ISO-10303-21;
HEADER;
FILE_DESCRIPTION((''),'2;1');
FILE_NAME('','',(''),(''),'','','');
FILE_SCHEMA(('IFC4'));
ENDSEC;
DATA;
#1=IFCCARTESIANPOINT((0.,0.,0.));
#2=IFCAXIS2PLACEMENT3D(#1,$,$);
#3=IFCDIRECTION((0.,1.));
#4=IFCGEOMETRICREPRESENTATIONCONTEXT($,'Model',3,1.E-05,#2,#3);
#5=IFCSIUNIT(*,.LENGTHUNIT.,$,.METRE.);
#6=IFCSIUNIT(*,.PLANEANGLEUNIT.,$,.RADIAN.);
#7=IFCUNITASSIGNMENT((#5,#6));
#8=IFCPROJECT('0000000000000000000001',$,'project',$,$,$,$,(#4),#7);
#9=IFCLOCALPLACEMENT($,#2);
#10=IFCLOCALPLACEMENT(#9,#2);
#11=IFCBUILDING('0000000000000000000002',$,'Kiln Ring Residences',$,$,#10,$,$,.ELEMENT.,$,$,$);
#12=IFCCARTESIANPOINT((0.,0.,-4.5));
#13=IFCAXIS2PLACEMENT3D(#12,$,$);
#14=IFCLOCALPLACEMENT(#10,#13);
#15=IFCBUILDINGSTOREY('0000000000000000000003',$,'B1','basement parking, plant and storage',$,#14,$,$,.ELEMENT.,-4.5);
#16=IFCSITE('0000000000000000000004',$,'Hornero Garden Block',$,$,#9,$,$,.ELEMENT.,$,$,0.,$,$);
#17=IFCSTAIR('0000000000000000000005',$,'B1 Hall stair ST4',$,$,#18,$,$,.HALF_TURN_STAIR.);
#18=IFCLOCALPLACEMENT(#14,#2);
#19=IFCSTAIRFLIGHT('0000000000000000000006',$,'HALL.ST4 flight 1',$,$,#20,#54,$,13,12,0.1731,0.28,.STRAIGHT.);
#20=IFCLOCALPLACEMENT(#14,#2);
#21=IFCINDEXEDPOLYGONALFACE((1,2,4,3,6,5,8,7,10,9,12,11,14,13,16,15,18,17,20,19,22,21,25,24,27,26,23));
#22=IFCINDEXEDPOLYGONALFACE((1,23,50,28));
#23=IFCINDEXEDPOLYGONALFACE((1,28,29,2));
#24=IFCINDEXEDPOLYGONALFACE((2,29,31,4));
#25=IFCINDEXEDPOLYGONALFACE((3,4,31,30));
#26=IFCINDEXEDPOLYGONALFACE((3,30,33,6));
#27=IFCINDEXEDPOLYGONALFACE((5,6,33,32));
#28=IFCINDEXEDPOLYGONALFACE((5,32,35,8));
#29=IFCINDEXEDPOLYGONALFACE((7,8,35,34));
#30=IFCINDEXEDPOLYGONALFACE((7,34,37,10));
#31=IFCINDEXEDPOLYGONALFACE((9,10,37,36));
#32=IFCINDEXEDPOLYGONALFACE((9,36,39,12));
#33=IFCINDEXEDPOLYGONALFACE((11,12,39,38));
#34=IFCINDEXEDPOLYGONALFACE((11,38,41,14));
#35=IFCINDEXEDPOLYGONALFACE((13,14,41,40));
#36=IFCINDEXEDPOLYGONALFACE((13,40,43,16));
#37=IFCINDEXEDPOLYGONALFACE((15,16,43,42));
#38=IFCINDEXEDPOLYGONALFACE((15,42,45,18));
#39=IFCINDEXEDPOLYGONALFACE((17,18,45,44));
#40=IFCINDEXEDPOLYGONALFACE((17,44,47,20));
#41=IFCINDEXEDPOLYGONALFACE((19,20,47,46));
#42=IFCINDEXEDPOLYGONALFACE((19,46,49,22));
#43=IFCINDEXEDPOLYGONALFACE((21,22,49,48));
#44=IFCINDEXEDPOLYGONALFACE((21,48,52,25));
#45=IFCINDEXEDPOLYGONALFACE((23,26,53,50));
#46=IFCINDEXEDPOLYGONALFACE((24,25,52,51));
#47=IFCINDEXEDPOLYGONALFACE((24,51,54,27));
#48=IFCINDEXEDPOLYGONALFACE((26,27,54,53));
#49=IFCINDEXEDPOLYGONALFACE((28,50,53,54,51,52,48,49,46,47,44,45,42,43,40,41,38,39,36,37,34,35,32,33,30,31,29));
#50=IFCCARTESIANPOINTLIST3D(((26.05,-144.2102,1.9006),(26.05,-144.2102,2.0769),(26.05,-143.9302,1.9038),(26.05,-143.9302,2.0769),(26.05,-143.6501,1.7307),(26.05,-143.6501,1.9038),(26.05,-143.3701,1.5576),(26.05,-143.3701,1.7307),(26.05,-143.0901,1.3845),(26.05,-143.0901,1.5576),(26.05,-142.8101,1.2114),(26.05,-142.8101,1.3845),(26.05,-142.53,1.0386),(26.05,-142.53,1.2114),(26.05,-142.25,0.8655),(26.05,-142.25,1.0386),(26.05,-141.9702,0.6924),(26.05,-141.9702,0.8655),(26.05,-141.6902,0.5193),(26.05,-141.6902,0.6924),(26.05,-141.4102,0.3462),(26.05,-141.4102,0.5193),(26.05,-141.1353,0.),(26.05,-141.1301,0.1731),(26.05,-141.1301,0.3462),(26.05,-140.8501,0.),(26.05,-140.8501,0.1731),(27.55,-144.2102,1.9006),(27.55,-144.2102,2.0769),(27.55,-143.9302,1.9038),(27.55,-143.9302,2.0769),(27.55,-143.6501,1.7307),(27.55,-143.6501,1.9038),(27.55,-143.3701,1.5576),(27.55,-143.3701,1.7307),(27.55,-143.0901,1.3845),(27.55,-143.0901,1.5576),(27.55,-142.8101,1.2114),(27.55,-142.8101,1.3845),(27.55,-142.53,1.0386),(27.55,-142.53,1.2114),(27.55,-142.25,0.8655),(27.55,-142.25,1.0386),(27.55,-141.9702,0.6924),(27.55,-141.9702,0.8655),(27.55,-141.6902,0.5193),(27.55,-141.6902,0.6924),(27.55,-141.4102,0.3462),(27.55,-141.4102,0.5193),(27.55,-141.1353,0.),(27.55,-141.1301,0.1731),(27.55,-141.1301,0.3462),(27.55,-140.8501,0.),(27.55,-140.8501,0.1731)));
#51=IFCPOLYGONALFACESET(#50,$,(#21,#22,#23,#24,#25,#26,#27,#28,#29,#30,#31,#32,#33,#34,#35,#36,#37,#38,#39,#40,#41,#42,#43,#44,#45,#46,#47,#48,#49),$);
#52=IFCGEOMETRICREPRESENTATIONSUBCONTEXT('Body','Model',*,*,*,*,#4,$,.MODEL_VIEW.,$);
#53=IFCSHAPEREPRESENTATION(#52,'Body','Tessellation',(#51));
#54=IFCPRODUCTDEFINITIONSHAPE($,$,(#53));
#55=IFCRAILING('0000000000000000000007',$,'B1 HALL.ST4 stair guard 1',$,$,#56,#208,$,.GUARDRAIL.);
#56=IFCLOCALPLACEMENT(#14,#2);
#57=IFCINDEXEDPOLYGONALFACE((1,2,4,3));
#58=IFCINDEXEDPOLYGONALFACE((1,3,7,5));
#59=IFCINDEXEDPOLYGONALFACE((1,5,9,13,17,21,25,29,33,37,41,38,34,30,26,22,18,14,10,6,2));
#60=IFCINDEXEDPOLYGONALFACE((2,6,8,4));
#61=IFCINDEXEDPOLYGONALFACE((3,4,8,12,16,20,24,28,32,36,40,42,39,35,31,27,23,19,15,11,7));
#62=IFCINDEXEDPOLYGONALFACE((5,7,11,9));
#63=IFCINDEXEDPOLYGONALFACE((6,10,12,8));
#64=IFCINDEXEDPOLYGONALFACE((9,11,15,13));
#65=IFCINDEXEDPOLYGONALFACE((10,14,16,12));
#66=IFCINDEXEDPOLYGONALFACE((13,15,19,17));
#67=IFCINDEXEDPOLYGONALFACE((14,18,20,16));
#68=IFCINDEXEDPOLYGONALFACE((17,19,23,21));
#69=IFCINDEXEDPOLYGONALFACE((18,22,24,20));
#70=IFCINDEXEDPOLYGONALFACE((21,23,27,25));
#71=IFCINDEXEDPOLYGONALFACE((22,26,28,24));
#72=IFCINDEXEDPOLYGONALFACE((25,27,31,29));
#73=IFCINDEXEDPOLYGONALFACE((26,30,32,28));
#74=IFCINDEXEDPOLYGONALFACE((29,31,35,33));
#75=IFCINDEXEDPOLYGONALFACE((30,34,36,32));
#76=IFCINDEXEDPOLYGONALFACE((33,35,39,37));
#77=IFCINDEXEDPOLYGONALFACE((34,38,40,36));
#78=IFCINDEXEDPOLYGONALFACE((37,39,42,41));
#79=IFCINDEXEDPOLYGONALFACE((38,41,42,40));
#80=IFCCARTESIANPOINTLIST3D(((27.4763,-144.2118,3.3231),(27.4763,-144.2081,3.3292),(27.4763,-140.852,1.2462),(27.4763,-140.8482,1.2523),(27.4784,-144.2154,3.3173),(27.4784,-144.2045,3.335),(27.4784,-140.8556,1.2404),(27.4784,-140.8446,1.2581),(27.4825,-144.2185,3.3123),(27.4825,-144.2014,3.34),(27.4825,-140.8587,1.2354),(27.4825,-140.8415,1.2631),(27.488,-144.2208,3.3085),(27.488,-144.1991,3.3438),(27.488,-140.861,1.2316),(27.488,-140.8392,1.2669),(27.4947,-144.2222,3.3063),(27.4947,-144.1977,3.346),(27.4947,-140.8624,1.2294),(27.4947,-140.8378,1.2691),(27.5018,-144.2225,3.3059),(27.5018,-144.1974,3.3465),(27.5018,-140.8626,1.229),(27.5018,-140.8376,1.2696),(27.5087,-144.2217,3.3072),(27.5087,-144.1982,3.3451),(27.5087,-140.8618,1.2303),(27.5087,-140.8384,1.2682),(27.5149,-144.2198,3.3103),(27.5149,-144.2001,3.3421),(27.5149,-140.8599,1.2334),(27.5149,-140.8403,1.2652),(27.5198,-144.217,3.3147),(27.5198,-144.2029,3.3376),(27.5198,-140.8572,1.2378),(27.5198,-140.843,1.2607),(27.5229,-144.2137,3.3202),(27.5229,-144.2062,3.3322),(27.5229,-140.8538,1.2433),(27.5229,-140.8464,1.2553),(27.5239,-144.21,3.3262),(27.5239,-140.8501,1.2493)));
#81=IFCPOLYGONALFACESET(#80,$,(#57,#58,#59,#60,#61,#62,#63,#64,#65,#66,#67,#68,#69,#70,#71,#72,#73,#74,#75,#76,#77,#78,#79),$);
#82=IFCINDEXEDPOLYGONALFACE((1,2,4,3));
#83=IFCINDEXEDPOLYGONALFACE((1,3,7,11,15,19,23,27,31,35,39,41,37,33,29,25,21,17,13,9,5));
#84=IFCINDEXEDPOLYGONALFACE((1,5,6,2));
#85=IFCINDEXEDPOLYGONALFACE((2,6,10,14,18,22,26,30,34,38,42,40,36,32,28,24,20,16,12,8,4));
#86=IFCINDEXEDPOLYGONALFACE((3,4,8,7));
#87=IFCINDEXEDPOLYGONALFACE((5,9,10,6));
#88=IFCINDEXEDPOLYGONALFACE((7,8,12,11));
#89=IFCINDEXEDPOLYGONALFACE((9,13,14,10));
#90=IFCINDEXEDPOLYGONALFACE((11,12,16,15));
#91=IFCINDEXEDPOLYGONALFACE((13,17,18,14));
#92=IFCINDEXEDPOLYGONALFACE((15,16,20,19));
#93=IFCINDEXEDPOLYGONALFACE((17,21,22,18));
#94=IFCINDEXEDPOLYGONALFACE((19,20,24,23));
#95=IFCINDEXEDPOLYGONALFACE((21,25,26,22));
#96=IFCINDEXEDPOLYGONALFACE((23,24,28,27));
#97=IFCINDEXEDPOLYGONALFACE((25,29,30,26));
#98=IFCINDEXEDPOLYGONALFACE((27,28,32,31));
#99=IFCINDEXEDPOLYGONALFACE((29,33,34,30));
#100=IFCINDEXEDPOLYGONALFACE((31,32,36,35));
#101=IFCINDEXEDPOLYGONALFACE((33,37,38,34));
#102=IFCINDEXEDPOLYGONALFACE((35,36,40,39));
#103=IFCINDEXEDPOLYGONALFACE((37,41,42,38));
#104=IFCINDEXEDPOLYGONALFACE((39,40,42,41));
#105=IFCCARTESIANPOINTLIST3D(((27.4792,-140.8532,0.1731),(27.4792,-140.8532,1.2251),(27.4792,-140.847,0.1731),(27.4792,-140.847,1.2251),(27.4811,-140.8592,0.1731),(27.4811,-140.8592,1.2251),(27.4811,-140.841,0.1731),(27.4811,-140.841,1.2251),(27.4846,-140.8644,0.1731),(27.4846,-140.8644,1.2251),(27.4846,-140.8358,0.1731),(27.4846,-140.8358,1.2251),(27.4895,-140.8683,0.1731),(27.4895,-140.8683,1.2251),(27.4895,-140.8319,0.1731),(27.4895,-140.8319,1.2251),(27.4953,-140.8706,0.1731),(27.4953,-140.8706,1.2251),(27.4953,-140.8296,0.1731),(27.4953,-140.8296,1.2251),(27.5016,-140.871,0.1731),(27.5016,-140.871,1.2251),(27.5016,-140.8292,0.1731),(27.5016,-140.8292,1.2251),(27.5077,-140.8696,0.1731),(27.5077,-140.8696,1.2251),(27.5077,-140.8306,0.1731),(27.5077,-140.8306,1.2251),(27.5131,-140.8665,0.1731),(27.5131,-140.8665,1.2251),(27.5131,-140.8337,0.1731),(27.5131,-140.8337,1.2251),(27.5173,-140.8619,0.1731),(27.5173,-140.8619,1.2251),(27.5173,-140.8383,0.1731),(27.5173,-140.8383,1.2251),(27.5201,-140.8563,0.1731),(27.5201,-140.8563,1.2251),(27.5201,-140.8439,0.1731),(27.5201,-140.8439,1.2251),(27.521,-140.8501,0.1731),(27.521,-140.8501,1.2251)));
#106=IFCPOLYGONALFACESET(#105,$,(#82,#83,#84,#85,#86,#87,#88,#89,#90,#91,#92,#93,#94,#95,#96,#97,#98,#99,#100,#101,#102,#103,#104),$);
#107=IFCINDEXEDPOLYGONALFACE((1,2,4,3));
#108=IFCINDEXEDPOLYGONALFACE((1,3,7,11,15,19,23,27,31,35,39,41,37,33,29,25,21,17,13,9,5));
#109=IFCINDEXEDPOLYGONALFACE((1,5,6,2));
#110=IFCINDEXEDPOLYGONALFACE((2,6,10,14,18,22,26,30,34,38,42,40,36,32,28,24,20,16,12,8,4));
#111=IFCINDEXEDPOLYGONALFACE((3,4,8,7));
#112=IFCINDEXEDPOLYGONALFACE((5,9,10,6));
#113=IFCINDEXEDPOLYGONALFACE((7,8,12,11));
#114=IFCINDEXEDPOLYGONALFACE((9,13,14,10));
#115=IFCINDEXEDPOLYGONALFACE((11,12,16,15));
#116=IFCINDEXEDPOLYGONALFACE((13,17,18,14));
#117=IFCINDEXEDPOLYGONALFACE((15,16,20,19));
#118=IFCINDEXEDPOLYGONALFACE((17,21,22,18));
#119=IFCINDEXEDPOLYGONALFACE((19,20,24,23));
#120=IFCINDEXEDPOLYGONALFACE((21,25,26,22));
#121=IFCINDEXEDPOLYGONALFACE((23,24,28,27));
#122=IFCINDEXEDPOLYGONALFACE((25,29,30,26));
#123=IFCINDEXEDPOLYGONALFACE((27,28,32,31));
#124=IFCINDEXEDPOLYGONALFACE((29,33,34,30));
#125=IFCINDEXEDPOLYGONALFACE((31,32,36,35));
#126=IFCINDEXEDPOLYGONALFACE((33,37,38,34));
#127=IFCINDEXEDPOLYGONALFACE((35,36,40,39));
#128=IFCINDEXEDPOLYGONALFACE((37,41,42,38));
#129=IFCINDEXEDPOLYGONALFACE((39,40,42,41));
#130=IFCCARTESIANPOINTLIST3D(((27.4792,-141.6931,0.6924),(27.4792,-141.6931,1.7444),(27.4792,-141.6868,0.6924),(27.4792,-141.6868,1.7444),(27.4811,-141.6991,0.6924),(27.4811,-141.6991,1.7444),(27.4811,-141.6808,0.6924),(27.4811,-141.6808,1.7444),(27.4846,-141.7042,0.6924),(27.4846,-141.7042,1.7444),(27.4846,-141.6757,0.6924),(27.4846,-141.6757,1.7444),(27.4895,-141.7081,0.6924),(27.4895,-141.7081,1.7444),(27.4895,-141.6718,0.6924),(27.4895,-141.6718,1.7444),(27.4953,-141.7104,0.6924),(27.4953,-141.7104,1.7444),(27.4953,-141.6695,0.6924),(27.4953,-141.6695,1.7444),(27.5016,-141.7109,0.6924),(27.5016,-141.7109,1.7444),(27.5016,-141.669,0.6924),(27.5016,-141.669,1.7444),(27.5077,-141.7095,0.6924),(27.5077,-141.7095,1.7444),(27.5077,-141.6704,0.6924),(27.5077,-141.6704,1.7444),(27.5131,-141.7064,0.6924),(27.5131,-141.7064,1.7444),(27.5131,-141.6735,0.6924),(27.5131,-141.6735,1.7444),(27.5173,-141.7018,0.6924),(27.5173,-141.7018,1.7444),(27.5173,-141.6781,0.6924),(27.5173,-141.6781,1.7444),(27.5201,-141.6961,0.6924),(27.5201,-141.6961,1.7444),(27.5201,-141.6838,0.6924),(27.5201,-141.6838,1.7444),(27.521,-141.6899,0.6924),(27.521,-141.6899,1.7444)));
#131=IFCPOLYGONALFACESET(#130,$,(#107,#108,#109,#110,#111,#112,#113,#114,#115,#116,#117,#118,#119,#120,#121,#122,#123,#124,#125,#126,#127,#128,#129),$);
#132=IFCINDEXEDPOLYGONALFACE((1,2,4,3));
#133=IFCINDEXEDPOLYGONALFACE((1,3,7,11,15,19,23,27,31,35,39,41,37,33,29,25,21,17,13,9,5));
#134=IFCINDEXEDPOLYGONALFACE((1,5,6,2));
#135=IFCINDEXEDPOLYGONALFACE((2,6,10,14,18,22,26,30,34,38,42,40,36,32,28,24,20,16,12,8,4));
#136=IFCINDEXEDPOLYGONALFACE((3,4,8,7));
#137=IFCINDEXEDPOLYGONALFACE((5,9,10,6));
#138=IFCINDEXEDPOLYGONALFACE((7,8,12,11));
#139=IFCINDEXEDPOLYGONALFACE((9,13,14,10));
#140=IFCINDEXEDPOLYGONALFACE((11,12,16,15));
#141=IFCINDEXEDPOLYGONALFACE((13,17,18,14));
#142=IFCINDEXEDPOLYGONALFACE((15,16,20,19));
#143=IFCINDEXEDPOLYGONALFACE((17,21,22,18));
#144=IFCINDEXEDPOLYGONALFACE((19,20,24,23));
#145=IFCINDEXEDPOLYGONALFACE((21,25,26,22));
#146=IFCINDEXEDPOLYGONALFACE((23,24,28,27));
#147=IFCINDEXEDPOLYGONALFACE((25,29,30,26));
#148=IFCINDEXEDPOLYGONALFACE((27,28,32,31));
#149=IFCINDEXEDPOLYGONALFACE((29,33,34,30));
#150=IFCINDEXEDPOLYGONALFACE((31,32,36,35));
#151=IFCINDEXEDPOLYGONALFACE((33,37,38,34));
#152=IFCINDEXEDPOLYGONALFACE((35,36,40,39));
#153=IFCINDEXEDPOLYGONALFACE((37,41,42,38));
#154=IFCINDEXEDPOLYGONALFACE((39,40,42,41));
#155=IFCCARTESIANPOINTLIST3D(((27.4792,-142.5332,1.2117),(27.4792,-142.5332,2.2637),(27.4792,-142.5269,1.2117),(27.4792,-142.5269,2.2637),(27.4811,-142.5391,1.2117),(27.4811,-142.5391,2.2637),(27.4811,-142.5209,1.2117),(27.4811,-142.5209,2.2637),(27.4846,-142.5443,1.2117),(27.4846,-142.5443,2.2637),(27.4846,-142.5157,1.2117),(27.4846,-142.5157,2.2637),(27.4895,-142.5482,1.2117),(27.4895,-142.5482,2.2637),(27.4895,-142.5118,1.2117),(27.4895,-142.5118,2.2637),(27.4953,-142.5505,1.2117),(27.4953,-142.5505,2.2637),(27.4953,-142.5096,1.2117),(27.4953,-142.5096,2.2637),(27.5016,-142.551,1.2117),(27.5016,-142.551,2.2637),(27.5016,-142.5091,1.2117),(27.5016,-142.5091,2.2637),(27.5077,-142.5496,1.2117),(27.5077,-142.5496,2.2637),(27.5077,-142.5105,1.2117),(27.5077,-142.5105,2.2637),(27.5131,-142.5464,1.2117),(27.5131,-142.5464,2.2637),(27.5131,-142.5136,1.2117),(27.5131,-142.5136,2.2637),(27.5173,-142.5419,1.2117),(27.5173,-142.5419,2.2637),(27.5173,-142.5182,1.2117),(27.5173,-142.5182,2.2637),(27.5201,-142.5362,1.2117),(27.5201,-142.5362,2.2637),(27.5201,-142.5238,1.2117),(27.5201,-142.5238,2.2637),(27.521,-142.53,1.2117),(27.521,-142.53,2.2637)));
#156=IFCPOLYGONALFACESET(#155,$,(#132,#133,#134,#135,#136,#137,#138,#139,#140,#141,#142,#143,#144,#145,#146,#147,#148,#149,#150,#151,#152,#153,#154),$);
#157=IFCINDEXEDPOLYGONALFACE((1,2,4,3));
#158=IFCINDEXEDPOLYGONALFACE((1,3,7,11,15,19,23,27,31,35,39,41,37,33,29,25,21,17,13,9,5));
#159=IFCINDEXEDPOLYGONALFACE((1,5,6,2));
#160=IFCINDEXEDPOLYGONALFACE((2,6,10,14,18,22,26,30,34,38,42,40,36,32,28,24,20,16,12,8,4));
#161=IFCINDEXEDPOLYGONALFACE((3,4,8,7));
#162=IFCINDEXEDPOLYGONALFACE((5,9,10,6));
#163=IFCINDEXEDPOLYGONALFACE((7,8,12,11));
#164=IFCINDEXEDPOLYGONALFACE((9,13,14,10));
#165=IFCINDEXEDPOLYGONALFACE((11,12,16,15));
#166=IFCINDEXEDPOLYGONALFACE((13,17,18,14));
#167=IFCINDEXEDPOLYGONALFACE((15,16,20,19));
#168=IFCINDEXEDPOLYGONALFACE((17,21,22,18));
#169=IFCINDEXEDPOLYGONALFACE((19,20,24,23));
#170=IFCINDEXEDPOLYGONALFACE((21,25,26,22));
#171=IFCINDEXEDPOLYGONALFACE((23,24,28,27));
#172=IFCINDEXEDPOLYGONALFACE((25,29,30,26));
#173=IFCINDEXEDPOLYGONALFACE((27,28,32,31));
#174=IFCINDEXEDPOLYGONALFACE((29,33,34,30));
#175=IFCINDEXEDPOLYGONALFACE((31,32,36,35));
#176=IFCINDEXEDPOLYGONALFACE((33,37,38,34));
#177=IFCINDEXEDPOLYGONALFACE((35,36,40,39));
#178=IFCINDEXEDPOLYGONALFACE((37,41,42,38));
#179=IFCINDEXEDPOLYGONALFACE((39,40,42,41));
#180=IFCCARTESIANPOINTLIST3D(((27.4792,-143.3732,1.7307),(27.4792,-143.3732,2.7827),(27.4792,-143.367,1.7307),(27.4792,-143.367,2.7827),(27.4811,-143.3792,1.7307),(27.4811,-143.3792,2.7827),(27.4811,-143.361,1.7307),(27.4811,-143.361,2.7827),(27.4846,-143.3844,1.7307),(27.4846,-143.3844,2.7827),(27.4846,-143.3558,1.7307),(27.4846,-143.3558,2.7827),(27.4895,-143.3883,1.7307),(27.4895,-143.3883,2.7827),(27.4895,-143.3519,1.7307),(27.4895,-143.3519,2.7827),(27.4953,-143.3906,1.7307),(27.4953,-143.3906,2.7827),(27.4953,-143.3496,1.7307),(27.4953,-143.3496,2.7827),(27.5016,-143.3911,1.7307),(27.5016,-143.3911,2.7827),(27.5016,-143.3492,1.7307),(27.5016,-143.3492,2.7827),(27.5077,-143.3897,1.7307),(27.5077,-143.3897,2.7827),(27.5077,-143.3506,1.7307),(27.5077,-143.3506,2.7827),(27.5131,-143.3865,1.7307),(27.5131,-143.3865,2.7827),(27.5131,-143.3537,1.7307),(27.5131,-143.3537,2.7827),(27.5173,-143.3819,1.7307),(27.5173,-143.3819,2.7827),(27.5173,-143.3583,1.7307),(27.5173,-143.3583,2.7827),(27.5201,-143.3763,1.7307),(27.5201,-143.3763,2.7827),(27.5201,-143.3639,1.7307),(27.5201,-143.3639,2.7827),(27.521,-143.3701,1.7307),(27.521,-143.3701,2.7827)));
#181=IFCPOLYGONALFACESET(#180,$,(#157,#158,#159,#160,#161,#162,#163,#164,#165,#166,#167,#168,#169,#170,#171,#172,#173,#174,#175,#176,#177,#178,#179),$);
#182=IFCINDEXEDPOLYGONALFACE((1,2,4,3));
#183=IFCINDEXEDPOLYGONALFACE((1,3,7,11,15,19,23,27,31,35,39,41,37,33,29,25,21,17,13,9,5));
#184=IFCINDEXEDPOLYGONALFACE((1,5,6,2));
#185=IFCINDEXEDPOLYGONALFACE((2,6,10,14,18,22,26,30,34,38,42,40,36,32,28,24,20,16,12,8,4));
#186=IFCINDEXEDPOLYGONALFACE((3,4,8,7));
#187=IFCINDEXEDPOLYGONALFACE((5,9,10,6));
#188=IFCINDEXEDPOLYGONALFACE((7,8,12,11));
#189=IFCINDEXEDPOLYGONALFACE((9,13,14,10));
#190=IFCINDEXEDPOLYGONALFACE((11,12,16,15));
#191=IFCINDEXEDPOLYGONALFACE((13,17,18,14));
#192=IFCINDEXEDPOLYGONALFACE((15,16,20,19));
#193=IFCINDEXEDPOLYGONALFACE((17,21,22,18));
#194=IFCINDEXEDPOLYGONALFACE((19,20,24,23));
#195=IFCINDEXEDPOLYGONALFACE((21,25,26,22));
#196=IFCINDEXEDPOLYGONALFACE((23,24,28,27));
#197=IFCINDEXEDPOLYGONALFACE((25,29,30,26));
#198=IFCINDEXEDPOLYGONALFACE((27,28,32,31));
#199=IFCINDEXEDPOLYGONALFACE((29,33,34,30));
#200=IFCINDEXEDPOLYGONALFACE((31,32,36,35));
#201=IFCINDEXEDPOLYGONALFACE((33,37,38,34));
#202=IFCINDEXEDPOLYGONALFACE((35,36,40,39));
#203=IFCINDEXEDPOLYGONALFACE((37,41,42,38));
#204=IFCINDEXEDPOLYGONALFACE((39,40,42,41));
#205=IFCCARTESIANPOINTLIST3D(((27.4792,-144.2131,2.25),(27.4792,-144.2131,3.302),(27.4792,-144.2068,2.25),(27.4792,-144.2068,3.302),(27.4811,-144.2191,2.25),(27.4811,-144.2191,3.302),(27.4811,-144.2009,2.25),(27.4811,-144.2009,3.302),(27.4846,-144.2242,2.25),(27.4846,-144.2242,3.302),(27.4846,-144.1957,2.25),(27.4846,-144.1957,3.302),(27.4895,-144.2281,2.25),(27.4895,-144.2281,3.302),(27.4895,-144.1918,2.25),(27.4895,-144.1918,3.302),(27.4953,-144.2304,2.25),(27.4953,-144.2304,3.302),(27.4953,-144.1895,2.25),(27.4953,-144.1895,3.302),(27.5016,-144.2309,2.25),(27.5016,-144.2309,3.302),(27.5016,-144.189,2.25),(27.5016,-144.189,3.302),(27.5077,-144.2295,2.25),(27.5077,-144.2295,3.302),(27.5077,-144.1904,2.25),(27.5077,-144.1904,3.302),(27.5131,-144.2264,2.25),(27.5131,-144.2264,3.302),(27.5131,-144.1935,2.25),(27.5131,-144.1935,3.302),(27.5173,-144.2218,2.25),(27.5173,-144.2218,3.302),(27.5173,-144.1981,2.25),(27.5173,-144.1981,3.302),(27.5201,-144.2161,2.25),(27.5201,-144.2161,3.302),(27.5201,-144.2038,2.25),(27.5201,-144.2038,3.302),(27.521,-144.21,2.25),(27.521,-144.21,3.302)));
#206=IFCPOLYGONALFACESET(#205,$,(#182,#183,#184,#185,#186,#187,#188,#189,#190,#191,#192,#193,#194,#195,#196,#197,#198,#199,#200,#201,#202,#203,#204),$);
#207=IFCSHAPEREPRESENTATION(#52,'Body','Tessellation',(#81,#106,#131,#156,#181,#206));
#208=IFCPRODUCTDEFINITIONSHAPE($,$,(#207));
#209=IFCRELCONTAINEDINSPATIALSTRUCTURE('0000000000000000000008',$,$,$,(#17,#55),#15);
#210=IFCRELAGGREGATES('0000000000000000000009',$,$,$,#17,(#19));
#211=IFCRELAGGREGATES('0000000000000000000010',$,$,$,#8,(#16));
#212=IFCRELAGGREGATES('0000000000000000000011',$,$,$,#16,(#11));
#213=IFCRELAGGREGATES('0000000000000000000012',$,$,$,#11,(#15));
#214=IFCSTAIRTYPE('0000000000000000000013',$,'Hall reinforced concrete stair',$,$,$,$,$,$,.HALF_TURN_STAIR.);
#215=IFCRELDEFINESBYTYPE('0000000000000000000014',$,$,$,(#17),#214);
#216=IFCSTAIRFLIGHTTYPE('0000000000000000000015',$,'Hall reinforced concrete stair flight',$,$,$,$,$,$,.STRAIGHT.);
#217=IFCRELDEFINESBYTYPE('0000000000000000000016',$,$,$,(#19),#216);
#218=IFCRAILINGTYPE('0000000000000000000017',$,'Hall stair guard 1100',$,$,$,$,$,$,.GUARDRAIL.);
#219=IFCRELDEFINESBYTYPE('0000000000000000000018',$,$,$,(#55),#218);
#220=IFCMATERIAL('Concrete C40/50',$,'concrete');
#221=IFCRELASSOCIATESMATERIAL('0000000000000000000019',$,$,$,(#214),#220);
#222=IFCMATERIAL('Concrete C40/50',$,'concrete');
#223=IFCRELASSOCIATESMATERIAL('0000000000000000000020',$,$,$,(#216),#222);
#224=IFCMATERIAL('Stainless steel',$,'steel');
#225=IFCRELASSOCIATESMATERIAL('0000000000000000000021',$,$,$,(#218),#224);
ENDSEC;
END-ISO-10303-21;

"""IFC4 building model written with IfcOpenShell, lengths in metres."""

from ifc_helpers import new_model, si_unit, direction, frame, origin, origin_2d, place, context, subcontext, project, spatial, polyline, circle, outline, extrude, material, type_object, element, aggregate, save


model = new_model("IFC4")

# Units and contexts
model_context = context("Model", 3, precision=1e-05, world=origin(), true_north=direction((0.0, 1.0)))
body_context = subcontext(model_context, "Body", "Model", "MODEL_VIEW")
ifc_project = project(units=[si_unit("LENGTHUNIT", "METRE"), si_unit("PLANEANGLEUNIT", "RADIAN")], contexts=[model_context])

# Site, building, storey
site_placement = place(None, origin())
site = spatial("IfcSite", under=ifc_project, at=site_placement, Name="Hornero Garden Block", CompositionType="ELEMENT", RefElevation=0.0)
building_placement = place(site_placement, origin())
building = spatial("IfcBuilding", under=site, at=building_placement, Name="Kiln Ring Residences", CompositionType="ELEMENT")
storey_placement = place(building_placement, frame((0.0, 0.0, -4.5)))
storey = spatial("IfcBuildingStorey", under=building, at=storey_placement, Name="B1", Description="basement parking, plant and storage", CompositionType="ELEMENT", Elevation=-4.5)

# Stair, stair flight
ifc_material_1 = material(Name="Concrete C40/50", Category="concrete")
stair_type = type_object("IfcStairType", Name="Hall reinforced concrete stair", PredefinedType="HALF_TURN_STAIR", material=ifc_material_1)
stair_placement = place(storey_placement, origin())
stair = element("IfcStair", 1, at=stair_placement, inside=storey, type_object=stair_type, Name="B1 Hall stair ST4", PredefinedType="HALF_TURN_STAIR")
ifc_material_2 = material(Name="Concrete C40/50", Category="concrete")
stair_flight_type = type_object("IfcStairFlightType", Name="Hall reinforced concrete stair flight", PredefinedType="STRAIGHT", material=ifc_material_2)
stair_flight_placement = place(storey_placement, frame((26.8, -140.8501, 0.0), z_axis=(0.0, 0.0, 1.0), x_axis=(0.0, -1.0, 0.0)))
stair_flight = element("IfcStairFlight", 2, at=stair_flight_placement, type_object=stair_flight_type, Name="HALL.ST4 flight 1", NumberOfRisers=13, NumberOfTreads=12, PredefinedType="STRAIGHT", RiserHeight=0.1731, TreadLength=0.28, context=body_context, shape_type="SweptSolid", body=[
    extrude(outline(polyline([(0.0, 0.0), (0.0, 0.1731), (0.28, 0.1731), (0.28, 0.3462), (0.5601, 0.3462), (0.5601, 0.5193), (0.8401, 0.5193), (0.8401, 0.6924), (1.1201, 0.6924), (1.1201, 0.8655), (1.3999, 0.8655), (1.3999, 1.0386), (1.6799, 1.0386), (1.6799, 1.2114), (1.96, 1.2114), (1.96, 1.3845), (2.24, 1.3845), (2.24, 1.5576), (2.52, 1.5576), (2.52, 1.7307), (2.8, 1.7307), (2.8, 1.9038), (3.0801, 1.9038), (3.0801, 2.0769), (3.3601, 2.0769), (3.3601, 2.25), (3.3601, 1.9006), (0.2852, 0.0), (0.0, 0.0)])), frame((0.0, 0.75, 0.0), z_axis=(0.0, -1.0, 0.0), x_axis=(1.0, 0.0, 0.0)), (0.0, 0.0, 1.0), 1.5),
])
aggregate(stair, [stair_flight])

# Railing
ifc_material_3 = material(Name="Stainless steel", Category="steel")
railing_type_1 = type_object("IfcRailingType", Name="Hall stair guard 1100", PredefinedType="GUARDRAIL", material=ifc_material_3)
railing_1_placement = place(storey_placement, frame((27.5, -140.8501, 0.1731)))
element("IfcRailing", 3, at=railing_1_placement, inside=storey, type_object=railing_type_1, Name="B1 HALL.ST4 stair guard 1", PredefinedType="GUARDRAIL", context=body_context, shape_type="SweptSolid", body=[
    extrude(circle(Radius=0.0239, at=origin_2d()), frame((0.0, 0.0, 1.0762), z_axis=(0.0, -0.850606, 0.525803), x_axis=(1.0, 0.0, 0.0)), (0.0, 0.0, 1.0), 3.95),
    extrude(circle(Radius=0.021, at=origin_2d()), origin(), (0.0, 0.0, 1.0), 1.052),
    extrude(circle(Radius=0.021, at=origin_2d()), frame((0.0, -0.8398, 0.5193)), (0.0, 0.0, 1.0), 1.052),
    extrude(circle(Radius=0.021, at=origin_2d()), frame((0.0, -1.6799, 1.0386)), (0.0, 0.0, 1.0), 1.052),
    extrude(circle(Radius=0.021, at=origin_2d()), frame((0.0, -2.52, 1.5576)), (0.0, 0.0, 1.0), 1.052),
    extrude(circle(Radius=0.021, at=origin_2d()), frame((0.0, -3.3599, 2.0769)), (0.0, 0.0, 1.0), 1.052),
])

save(model, "model.ifc")
